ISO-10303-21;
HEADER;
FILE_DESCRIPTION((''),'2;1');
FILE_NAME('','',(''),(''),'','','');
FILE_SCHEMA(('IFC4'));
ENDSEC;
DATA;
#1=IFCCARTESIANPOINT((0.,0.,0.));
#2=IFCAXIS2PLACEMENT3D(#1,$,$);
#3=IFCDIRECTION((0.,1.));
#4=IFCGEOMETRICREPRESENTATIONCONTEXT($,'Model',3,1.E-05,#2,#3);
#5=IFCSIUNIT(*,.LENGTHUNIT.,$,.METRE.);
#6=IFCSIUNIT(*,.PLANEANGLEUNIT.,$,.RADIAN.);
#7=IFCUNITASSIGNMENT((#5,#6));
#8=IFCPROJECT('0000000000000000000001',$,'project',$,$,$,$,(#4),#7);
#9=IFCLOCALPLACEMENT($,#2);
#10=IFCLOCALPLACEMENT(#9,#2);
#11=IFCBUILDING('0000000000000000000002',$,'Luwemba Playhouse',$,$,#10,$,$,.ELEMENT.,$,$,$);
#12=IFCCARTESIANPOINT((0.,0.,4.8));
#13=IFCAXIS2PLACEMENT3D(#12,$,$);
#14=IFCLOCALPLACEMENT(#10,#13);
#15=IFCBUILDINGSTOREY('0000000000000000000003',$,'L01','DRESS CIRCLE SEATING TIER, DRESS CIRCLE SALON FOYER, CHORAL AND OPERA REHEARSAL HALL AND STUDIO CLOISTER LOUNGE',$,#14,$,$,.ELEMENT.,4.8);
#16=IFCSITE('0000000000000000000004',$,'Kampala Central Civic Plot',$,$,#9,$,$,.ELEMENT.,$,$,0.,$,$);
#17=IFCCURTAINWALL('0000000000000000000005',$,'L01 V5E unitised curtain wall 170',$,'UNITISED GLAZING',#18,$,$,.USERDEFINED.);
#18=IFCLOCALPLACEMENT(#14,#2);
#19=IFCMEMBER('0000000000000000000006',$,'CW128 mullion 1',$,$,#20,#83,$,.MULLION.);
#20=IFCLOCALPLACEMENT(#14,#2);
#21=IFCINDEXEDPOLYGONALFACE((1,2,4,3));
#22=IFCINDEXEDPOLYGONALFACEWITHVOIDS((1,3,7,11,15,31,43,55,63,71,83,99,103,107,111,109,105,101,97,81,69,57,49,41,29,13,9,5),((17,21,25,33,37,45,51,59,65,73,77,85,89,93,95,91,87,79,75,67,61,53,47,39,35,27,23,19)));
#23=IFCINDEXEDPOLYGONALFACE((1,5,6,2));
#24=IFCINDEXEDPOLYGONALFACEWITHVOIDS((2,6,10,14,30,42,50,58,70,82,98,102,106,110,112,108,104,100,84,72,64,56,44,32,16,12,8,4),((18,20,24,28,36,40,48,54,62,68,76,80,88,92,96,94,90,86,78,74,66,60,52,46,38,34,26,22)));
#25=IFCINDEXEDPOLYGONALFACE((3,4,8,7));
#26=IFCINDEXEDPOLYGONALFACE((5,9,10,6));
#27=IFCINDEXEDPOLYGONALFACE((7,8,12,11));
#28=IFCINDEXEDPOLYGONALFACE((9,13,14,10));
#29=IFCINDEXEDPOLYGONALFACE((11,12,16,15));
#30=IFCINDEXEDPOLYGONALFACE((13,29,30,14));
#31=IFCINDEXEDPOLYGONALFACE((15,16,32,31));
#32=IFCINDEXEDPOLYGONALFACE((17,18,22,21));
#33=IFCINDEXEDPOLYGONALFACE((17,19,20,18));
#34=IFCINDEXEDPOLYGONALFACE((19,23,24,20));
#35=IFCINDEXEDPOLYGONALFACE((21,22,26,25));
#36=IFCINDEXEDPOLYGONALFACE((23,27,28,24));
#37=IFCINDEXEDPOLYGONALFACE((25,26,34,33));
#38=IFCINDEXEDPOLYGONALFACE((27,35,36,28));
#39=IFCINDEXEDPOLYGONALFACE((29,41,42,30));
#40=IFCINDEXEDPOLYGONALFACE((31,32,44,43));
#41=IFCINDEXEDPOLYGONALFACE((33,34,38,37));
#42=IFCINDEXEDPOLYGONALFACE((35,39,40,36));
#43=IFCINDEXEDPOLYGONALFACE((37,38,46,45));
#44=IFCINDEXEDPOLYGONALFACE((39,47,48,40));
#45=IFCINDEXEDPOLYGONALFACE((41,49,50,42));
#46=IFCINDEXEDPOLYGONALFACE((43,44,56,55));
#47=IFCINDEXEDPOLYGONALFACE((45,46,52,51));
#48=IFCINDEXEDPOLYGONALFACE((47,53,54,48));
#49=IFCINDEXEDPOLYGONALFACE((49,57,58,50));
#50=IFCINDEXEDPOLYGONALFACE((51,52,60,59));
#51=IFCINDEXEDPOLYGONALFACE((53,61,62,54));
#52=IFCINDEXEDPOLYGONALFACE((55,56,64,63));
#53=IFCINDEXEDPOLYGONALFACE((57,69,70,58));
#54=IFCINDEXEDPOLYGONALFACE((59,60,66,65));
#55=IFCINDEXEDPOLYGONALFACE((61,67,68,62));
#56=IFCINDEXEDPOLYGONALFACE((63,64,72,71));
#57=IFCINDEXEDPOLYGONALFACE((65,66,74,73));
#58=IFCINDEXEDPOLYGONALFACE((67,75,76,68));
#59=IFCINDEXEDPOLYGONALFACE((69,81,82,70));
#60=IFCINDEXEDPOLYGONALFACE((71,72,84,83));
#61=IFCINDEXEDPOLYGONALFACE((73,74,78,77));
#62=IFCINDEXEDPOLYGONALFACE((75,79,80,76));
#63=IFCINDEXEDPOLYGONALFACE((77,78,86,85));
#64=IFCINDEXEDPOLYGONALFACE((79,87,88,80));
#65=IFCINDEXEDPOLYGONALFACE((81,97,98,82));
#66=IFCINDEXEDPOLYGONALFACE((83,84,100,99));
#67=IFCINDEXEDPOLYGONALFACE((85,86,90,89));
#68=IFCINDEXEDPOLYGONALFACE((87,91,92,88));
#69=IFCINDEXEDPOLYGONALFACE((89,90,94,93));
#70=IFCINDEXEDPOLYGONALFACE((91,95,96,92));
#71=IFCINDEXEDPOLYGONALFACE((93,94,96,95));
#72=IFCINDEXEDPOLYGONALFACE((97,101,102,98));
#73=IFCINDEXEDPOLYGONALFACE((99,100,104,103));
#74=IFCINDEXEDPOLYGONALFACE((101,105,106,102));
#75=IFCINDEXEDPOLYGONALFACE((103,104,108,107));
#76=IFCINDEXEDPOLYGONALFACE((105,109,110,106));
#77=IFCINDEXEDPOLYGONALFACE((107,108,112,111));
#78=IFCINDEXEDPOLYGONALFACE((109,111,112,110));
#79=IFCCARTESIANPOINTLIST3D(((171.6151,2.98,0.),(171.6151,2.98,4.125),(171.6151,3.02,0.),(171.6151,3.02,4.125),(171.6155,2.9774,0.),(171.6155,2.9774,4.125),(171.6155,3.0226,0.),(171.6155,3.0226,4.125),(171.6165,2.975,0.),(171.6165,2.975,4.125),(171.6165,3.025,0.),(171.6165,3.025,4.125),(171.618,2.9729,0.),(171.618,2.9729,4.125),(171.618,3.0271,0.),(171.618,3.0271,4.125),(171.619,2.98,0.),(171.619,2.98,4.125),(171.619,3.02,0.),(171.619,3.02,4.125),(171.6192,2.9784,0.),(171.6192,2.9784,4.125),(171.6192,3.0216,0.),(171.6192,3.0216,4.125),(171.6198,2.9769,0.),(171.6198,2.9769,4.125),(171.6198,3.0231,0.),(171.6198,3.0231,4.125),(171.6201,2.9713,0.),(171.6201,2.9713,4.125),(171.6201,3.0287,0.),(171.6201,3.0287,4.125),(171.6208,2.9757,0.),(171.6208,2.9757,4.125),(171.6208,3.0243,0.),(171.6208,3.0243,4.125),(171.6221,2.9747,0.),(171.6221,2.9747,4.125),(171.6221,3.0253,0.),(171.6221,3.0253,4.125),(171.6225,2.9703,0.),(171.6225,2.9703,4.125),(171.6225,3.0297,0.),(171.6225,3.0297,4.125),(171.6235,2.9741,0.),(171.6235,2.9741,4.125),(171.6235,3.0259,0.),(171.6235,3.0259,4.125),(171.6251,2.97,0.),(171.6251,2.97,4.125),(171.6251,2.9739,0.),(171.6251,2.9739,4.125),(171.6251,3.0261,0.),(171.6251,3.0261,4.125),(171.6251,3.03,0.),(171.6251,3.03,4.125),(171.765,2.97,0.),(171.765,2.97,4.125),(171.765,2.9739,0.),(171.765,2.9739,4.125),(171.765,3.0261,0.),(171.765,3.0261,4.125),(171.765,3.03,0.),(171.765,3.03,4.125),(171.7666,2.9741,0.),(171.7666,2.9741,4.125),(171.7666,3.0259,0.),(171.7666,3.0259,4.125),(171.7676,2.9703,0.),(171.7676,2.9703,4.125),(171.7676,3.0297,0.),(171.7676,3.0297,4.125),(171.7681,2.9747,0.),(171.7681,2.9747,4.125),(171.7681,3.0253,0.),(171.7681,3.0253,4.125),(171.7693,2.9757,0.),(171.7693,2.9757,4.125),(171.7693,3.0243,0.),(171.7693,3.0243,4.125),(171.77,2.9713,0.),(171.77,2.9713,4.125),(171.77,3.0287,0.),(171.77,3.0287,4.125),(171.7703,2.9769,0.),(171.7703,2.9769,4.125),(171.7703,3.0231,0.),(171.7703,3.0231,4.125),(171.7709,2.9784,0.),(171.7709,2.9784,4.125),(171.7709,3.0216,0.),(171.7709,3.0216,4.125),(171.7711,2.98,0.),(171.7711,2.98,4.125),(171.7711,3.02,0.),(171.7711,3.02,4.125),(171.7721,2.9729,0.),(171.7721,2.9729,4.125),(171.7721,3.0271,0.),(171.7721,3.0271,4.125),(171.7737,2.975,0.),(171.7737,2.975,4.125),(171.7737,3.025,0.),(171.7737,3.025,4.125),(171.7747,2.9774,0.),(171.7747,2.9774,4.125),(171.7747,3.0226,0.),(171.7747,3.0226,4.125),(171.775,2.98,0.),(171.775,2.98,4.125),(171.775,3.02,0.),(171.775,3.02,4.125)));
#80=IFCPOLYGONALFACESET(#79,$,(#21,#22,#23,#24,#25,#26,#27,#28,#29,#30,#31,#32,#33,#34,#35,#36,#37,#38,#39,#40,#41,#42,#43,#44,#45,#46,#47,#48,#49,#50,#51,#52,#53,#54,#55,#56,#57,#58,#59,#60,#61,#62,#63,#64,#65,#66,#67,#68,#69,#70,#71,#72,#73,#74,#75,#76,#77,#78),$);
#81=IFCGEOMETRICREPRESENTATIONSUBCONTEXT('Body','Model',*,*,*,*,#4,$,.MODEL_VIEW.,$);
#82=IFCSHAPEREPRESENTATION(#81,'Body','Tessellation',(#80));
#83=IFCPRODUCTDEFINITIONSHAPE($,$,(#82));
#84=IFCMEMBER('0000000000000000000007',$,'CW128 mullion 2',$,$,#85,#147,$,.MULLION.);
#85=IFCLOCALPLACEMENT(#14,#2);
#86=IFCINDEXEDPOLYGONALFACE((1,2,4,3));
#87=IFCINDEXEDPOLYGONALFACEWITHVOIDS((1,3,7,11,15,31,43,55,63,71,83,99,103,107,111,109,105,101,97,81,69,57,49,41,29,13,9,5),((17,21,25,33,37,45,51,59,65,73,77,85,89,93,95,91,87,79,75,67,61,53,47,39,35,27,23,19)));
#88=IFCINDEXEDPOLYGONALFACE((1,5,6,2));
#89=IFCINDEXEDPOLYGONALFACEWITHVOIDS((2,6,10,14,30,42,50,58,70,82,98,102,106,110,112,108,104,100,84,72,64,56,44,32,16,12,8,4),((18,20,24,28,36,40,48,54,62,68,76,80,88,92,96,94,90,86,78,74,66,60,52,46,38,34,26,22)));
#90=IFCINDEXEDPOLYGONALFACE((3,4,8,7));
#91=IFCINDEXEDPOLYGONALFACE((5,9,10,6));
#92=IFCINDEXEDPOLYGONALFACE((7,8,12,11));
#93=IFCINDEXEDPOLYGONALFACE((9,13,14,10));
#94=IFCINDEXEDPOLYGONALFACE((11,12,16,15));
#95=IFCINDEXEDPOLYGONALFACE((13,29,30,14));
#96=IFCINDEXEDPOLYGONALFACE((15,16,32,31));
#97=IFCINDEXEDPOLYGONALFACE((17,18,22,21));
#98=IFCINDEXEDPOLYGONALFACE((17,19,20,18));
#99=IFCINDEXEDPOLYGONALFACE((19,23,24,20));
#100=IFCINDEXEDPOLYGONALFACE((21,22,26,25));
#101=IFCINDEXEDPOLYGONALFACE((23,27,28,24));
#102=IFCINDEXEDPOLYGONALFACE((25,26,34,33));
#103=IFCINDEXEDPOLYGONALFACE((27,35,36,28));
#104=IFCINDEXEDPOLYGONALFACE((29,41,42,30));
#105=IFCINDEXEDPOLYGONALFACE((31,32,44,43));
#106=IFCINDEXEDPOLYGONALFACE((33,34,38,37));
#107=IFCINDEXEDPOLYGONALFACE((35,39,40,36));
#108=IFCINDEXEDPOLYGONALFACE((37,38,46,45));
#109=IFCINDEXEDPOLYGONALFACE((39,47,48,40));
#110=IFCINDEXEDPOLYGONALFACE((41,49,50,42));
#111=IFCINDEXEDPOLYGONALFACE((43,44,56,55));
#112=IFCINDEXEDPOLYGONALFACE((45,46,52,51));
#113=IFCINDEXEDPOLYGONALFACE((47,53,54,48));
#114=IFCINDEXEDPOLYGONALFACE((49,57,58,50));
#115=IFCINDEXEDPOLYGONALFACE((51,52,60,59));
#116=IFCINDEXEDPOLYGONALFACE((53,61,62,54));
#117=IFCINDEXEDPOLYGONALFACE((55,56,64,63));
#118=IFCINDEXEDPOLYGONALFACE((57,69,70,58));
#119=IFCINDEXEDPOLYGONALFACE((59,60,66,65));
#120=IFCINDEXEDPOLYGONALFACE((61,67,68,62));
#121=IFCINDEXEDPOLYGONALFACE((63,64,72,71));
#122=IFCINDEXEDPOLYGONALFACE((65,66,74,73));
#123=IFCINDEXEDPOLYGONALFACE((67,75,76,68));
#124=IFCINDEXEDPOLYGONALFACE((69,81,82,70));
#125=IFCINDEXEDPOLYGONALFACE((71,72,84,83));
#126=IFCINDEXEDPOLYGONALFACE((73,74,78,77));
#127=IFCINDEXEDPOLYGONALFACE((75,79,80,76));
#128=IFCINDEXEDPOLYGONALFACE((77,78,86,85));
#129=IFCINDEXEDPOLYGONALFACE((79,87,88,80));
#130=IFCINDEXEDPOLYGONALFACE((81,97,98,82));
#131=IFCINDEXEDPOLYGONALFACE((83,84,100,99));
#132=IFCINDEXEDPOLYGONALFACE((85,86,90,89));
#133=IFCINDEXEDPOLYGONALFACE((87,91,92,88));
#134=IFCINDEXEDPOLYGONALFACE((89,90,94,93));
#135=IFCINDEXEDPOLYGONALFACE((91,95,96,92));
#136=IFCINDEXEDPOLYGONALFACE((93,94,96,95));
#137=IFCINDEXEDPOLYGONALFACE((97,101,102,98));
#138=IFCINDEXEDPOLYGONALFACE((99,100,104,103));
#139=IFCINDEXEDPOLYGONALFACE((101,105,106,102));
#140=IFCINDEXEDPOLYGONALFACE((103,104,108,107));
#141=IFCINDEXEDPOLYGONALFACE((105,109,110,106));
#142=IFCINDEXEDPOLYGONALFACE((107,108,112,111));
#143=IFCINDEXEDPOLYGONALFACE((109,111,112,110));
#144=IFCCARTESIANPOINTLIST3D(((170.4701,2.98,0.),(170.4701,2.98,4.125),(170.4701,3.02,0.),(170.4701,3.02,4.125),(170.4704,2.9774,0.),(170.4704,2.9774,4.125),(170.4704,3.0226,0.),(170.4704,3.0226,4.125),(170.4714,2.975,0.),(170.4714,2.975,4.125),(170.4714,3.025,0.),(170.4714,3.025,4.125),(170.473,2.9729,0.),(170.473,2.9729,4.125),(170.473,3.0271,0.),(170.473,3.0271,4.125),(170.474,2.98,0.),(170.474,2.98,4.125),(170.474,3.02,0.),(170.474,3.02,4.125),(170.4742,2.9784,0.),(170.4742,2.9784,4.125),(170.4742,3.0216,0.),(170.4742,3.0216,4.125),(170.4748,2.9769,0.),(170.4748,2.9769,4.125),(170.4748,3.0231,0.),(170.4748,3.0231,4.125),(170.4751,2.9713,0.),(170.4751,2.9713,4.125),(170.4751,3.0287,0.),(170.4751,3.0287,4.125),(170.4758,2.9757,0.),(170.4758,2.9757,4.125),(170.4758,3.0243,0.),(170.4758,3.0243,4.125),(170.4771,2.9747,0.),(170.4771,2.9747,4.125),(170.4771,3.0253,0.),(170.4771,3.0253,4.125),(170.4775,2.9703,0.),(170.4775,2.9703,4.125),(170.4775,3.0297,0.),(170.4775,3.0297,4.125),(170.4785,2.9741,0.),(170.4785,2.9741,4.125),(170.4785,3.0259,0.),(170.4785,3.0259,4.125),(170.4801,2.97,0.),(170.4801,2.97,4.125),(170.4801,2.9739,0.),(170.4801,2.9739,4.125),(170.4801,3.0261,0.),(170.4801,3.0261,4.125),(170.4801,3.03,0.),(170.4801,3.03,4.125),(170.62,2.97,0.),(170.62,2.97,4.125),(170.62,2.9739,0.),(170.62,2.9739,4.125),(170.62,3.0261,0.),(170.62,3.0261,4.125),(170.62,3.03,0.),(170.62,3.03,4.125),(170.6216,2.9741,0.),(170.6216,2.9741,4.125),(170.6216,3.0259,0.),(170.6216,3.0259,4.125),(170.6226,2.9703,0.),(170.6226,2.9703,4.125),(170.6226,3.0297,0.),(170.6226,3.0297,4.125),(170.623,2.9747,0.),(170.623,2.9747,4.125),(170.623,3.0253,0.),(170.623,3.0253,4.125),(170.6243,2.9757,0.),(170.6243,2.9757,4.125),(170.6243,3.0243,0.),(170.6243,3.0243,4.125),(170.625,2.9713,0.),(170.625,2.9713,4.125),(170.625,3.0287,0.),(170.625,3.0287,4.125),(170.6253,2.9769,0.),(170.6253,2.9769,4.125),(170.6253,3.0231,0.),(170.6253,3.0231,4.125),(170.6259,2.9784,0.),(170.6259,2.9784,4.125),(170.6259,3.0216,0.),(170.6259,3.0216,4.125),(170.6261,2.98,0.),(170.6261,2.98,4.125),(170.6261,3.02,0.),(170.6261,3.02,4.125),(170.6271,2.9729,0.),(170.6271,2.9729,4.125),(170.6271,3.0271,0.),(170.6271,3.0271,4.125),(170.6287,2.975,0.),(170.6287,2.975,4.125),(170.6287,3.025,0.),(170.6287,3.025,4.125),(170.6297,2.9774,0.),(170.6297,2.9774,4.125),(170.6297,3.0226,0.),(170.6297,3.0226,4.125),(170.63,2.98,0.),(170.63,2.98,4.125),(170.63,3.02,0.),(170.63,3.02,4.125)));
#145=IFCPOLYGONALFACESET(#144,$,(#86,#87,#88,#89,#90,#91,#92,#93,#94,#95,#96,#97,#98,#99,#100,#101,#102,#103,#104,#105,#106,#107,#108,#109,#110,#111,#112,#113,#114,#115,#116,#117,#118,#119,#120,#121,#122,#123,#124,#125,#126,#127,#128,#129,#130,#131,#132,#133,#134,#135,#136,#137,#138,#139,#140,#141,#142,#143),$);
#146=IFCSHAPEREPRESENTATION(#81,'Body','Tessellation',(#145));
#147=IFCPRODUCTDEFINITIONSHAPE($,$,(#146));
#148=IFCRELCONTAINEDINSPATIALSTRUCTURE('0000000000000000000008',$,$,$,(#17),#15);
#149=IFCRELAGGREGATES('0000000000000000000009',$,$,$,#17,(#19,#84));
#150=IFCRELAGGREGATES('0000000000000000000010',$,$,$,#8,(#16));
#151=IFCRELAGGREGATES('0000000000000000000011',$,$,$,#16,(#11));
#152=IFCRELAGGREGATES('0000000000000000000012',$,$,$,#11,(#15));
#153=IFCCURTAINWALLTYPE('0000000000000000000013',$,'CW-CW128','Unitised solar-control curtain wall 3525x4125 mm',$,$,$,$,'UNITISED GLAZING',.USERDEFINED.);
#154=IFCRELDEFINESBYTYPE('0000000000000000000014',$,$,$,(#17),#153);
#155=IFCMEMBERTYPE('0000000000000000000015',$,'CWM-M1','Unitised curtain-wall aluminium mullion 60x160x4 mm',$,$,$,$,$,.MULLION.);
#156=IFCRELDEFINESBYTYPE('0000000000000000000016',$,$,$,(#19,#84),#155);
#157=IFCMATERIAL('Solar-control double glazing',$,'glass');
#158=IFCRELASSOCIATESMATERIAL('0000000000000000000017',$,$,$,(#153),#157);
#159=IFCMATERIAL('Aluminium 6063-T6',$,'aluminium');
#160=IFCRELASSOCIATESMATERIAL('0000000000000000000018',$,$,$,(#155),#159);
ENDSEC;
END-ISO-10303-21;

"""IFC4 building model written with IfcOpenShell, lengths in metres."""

from ifc_helpers import new_model, si_unit, direction, frame, origin, origin_2d, place, context, subcontext, project, spatial, hollow_rectangle, extrude, material, material_profile, profile_set, type_object, element, aggregate, save


model = new_model("IFC4")

# Units and contexts
model_context = context("Model", 3, precision=1e-05, world=origin(), true_north=direction((0.0, 1.0)))
body_context = subcontext(model_context, "Body", "Model", "MODEL_VIEW")
ifc_project = project(units=[si_unit("LENGTHUNIT", "METRE"), si_unit("PLANEANGLEUNIT", "RADIAN")], contexts=[model_context])

# Site, building, storey
site_placement = place(None, origin())
site = spatial("IfcSite", under=ifc_project, at=site_placement, Name="Kampala Central Civic Plot", CompositionType="ELEMENT", RefElevation=0.0)
building_placement = place(site_placement, origin())
building = spatial("IfcBuilding", under=site, at=building_placement, Name="Luwemba Playhouse", CompositionType="ELEMENT")
storey_placement = place(building_placement, frame((0.0, 0.0, 4.8)))
storey = spatial("IfcBuildingStorey", under=building, at=storey_placement, Name="L01", Description="DRESS CIRCLE SEATING TIER, DRESS CIRCLE SALON FOYER, CHORAL AND OPERA REHEARSAL HALL AND STUDIO CLOISTER LOUNGE", CompositionType="ELEMENT", Elevation=4.8)

# Curtain wall, members
ifc_material_1 = material(Name="Solar-control double glazing", Category="glass")
curtain_wall_type_1 = type_object("IfcCurtainWallType", Name="CW-CW128", Description="Unitised solar-control curtain wall 3525x4125 mm", ElementType="UNITISED GLAZING", PredefinedType="USERDEFINED", material=ifc_material_1)
curtain_wall_1_placement = place(storey_placement, origin())
curtain_wall_1 = element("IfcCurtainWall", 1, at=curtain_wall_1_placement, inside=storey, type_object=curtain_wall_type_1, Name="L01 V5E unitised curtain wall 170", ObjectType="UNITISED GLAZING", PredefinedType="USERDEFINED")
ifc_material_2 = material(Name="Aluminium 6063-T6", Category="aluminium")
ifc_material_profile_1 = material_profile(ifc_material_2, hollow_rectangle(XDim=0.0601, YDim=0.1599, WallThickness=0.0039, InnerFilletRadius=0.0061, OuterFilletRadius=0.01, at=origin_2d()))
ifc_profile_set_1 = profile_set([ifc_material_profile_1], Name="Aluminium 6063-T6")
member_type_1 = type_object("IfcMemberType", Name="CWM-M1", Description="Unitised curtain-wall aluminium mullion 60x160x4 mm", PredefinedType="MULLION", material=ifc_profile_set_1)
member_1_placement = place(storey_placement, frame((171.6951, 3.0, 0.0), z_axis=(0.0, 0.0, 1.0), x_axis=(0.0, -1.0, 0.0)))
member_1 = element("IfcMember", 2, at=member_1_placement, type_object=member_type_1, Name="CW128 mullion 1", PredefinedType="MULLION", context=body_context, shape_type="SweptSolid", body=[
    extrude(hollow_rectangle(XDim=0.0601, YDim=0.1599, WallThickness=0.0039, InnerFilletRadius=0.0061, OuterFilletRadius=0.01, at=origin_2d()), origin(), (0.0, 0.0, 1.0), 4.125),
])
member_2_placement = place(storey_placement, frame((170.55, 3.0, 0.0), z_axis=(0.0, 0.0, 1.0), x_axis=(0.0, -1.0, 0.0)))
member_2 = element("IfcMember", 3, at=member_2_placement, type_object=member_type_1, Name="CW128 mullion 2", PredefinedType="MULLION", context=body_context, shape_type="SweptSolid", body=[
    extrude(hollow_rectangle(XDim=0.0601, YDim=0.1599, WallThickness=0.0039, InnerFilletRadius=0.0061, OuterFilletRadius=0.01, at=origin_2d()), origin(), (0.0, 0.0, 1.0), 4.125),
])

aggregate(curtain_wall_1, [member_1, member_2])

save(model, "model.ifc")
